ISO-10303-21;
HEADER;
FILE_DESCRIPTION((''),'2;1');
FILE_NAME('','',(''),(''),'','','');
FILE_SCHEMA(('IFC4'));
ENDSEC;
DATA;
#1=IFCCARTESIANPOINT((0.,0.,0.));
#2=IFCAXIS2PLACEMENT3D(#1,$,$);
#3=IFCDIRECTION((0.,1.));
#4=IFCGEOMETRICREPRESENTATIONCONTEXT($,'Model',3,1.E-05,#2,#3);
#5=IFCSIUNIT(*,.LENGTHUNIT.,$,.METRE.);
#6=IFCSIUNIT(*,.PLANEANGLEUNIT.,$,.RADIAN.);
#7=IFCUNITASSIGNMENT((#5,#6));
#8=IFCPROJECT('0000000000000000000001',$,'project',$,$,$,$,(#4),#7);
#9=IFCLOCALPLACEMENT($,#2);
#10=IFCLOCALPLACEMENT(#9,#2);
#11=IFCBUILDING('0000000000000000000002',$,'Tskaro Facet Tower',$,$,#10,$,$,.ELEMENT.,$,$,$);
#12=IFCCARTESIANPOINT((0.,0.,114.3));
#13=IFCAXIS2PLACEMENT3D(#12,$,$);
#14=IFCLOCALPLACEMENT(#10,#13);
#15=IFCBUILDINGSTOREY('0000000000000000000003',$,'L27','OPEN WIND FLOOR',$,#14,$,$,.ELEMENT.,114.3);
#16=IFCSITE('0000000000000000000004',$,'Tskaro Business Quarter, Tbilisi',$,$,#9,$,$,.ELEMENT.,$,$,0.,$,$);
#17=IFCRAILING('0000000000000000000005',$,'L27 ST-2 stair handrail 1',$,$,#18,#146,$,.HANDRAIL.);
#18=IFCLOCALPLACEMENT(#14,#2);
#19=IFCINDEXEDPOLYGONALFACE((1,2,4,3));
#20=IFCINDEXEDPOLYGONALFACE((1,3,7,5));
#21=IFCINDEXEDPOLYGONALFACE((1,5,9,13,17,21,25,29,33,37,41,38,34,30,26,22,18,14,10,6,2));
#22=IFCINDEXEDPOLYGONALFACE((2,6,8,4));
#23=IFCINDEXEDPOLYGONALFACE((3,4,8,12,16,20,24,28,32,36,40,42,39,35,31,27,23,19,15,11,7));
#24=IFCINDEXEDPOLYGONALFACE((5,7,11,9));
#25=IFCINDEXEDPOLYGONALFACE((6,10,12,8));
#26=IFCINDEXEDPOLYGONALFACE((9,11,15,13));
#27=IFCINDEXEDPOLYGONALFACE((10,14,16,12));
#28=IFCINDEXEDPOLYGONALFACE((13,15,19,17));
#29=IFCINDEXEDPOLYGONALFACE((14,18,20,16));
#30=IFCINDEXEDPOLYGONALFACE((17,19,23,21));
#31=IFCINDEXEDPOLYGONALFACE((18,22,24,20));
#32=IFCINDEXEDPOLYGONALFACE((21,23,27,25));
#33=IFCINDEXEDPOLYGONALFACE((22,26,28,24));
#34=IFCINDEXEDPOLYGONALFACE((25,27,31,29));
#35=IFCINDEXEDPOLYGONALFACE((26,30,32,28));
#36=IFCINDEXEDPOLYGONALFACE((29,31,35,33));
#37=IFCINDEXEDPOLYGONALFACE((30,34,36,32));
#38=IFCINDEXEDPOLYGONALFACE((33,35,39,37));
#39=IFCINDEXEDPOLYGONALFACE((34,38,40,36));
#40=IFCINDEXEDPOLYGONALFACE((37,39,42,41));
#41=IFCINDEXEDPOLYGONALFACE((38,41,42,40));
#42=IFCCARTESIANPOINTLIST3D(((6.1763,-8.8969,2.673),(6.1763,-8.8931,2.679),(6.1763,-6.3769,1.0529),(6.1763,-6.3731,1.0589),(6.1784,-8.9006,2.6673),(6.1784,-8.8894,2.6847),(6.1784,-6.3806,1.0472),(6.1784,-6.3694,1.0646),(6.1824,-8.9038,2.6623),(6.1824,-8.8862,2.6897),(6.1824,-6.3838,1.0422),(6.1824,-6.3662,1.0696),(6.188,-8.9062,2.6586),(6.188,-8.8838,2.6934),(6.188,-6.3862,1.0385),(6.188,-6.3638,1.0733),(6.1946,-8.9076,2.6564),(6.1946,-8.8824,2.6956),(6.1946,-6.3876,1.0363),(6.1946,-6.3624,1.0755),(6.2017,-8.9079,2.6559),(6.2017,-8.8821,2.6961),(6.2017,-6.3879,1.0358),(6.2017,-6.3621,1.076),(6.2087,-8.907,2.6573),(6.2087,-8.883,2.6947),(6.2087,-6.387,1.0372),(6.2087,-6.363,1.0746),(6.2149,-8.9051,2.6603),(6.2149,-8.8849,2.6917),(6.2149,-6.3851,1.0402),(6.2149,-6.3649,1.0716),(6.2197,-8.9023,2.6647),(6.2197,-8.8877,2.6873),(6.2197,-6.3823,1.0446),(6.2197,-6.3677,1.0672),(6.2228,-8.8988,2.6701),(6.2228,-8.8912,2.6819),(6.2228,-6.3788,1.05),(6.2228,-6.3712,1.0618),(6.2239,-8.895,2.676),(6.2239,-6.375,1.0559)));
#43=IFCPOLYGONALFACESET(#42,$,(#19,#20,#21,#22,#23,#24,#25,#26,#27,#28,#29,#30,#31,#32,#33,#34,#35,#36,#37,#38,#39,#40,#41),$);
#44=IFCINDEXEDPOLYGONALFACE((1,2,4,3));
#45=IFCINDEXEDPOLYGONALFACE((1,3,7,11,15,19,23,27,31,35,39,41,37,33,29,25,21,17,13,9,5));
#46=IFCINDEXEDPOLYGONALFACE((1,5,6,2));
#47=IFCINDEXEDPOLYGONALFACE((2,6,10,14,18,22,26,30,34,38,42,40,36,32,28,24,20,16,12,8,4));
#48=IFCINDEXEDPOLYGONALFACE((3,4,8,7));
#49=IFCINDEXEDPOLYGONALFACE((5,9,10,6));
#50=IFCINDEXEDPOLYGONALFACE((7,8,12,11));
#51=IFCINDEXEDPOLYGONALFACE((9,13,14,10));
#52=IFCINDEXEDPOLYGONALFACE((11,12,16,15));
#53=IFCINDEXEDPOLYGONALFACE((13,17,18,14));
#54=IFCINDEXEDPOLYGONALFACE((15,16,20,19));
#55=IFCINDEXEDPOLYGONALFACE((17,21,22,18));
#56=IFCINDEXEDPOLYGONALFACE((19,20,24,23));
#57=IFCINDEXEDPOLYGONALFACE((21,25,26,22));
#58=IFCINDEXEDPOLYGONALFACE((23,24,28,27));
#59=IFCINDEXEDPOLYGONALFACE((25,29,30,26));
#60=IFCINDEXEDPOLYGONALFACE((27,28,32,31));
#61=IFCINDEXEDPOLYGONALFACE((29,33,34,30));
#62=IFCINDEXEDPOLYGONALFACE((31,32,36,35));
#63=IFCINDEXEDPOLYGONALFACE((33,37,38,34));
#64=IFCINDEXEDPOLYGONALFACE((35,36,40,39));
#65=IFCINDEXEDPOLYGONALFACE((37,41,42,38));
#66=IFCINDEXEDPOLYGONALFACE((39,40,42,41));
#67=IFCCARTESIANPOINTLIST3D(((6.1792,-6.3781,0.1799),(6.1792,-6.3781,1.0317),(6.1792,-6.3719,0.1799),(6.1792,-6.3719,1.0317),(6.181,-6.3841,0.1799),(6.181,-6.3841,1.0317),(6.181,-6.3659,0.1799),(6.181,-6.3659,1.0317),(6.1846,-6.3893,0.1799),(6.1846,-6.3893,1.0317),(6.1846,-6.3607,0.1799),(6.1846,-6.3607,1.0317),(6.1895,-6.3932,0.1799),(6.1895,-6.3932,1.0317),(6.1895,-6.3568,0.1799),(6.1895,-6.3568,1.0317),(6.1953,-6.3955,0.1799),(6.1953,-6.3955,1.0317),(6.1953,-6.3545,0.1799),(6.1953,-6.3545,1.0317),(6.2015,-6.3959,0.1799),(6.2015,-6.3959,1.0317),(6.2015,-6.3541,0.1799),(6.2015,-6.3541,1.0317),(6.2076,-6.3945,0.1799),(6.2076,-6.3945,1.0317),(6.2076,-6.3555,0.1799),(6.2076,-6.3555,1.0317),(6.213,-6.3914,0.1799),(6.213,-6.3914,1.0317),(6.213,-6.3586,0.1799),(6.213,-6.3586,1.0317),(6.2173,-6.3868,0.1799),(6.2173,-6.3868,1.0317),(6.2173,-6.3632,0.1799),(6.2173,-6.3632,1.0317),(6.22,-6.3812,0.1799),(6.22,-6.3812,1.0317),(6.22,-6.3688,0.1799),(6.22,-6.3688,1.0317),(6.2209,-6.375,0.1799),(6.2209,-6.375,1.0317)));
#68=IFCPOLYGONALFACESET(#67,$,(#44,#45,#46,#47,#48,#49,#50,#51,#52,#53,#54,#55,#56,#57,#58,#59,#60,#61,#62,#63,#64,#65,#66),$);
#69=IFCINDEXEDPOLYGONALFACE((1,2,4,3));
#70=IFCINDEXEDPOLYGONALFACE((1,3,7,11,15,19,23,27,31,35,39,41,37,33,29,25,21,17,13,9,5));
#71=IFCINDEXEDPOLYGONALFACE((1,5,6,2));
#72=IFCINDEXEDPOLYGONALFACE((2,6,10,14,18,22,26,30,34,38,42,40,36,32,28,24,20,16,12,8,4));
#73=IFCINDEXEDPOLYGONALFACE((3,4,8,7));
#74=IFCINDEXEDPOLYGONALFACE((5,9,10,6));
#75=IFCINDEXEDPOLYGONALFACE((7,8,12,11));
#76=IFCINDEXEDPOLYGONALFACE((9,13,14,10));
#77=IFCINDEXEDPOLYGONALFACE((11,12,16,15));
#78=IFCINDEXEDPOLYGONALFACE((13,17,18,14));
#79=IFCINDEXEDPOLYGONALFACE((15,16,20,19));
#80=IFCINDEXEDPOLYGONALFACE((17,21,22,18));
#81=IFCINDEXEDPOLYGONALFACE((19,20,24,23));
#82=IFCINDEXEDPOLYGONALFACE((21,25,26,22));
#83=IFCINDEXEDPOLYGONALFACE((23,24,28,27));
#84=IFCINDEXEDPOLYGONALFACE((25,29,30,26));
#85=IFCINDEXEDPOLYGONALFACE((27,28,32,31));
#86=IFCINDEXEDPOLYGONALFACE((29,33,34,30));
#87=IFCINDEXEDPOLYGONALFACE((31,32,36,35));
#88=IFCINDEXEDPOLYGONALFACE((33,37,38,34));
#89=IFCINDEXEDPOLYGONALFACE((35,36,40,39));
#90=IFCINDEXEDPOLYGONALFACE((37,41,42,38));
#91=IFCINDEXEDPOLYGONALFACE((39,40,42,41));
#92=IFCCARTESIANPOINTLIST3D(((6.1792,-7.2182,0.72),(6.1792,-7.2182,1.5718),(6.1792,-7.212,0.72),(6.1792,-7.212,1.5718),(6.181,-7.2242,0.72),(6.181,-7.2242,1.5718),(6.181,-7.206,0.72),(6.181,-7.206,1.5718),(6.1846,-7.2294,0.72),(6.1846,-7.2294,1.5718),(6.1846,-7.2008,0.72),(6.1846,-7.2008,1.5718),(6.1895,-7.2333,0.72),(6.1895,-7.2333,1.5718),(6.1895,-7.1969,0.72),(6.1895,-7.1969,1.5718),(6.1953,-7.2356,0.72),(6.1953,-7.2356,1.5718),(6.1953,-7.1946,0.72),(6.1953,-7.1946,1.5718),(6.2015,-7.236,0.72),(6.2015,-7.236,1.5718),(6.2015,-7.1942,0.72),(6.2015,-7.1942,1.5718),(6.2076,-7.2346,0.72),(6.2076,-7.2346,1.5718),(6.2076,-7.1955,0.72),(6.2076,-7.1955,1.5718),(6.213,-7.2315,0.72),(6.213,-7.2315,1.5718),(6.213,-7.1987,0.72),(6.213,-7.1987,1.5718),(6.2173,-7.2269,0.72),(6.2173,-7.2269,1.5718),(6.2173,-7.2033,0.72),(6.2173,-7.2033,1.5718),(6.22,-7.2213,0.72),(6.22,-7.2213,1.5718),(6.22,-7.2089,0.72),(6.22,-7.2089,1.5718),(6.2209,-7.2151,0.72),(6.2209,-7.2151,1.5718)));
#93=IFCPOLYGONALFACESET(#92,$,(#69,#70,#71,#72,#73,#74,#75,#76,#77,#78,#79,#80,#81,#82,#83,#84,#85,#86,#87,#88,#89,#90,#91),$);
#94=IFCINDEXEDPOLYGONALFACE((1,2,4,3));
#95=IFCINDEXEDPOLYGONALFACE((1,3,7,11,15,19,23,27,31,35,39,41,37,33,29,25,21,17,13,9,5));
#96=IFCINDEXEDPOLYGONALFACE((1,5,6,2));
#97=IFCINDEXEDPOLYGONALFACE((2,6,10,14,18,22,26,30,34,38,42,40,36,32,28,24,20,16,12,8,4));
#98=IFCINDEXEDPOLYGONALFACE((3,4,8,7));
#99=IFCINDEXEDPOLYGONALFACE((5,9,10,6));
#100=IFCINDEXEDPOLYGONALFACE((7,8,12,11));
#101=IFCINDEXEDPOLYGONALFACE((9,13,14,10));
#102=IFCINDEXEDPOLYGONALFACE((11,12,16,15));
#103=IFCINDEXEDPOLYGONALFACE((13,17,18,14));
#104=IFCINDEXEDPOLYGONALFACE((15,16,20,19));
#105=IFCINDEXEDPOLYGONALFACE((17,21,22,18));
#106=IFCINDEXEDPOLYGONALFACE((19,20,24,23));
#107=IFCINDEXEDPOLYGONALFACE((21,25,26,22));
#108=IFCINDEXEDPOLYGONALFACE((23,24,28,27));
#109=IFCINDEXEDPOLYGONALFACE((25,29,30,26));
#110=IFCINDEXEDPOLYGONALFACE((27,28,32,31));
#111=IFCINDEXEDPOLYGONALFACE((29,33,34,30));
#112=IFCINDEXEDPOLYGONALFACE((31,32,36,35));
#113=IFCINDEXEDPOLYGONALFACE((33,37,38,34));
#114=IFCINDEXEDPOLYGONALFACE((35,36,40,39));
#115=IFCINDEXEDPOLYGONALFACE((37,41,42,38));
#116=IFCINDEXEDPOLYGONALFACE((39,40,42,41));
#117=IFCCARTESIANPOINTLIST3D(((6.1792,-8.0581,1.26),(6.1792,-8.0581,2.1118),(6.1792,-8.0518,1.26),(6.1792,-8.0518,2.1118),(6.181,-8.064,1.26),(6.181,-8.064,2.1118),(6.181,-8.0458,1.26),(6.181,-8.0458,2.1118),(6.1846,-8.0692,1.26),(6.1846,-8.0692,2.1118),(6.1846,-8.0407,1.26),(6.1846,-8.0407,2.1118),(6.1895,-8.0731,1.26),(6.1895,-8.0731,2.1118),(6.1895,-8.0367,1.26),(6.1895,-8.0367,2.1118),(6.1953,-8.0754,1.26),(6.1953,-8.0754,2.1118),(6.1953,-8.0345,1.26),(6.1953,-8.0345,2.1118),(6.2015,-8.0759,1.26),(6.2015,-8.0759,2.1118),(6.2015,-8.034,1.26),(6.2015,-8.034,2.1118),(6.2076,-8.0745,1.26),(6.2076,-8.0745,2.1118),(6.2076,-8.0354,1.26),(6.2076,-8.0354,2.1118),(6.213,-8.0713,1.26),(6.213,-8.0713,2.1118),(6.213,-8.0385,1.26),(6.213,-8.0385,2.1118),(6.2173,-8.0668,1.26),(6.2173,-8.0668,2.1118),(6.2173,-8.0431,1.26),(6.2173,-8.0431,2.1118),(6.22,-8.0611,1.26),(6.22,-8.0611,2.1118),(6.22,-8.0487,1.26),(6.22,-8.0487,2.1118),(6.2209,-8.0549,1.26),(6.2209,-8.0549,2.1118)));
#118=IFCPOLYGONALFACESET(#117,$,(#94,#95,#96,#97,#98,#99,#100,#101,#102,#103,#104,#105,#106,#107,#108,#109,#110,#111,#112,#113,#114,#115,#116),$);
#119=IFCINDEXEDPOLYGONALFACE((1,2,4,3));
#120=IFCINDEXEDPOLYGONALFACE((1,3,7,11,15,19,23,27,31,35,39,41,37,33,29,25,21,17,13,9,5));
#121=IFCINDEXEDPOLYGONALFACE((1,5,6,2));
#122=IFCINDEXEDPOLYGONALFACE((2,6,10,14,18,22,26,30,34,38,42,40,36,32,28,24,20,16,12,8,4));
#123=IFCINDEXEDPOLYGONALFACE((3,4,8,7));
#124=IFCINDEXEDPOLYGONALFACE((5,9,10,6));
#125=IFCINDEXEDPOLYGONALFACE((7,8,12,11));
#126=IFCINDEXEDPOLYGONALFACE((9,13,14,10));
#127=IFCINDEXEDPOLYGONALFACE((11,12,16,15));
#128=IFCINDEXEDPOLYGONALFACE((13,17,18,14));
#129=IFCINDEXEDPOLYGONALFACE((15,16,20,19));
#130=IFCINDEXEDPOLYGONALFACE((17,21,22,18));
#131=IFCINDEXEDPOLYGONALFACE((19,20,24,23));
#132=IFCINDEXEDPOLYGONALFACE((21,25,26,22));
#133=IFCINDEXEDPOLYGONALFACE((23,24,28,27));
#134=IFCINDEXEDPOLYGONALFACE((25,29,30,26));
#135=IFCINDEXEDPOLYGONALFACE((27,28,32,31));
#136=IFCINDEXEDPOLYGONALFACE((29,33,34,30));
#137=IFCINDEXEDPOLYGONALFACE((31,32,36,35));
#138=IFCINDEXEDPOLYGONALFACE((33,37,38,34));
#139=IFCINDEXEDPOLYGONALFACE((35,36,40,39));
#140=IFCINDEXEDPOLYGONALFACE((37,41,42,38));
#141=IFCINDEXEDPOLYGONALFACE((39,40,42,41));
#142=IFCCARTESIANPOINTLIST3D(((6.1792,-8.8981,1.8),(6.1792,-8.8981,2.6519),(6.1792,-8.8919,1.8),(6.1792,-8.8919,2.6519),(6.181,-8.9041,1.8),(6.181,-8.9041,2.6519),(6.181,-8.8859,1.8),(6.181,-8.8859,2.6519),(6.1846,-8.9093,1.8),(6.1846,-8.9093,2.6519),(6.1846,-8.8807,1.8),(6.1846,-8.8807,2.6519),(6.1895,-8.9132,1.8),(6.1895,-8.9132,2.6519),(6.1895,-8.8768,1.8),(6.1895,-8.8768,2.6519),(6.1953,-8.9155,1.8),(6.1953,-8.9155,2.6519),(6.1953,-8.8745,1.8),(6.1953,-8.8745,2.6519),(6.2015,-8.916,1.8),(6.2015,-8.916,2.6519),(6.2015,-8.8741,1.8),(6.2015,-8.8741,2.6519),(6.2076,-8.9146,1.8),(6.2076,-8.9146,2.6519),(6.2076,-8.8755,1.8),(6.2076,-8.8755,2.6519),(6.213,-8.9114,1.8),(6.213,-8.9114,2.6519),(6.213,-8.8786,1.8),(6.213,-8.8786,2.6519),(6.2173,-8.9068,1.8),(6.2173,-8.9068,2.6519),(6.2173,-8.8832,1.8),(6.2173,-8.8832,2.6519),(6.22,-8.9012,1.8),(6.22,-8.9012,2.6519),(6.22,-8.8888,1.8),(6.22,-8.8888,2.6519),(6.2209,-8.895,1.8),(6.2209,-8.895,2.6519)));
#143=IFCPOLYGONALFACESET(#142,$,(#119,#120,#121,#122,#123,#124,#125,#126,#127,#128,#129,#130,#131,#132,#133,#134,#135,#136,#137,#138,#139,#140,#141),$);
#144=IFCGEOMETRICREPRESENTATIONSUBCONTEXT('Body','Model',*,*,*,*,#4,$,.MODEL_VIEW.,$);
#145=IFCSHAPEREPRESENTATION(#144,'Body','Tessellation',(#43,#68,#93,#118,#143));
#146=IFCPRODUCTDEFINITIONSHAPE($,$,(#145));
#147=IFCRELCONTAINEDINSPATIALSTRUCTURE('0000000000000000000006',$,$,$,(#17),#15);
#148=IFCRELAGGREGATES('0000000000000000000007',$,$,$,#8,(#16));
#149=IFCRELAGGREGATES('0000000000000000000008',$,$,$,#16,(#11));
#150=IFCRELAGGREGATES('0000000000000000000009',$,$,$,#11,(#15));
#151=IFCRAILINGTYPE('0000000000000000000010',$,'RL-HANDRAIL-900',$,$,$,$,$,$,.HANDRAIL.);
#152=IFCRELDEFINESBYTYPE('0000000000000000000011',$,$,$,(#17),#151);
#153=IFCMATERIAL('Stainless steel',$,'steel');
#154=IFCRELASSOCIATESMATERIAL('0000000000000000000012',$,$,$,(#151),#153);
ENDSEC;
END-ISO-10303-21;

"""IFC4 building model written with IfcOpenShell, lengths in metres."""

from ifc_helpers import new_model, si_unit, direction, frame, origin, origin_2d, place, context, subcontext, project, spatial, circle, extrude, material, type_object, element, save


model = new_model("IFC4")

# Units and contexts
model_context = context("Model", 3, precision=1e-05, world=origin(), true_north=direction((0.0, 1.0)))
body_context = subcontext(model_context, "Body", "Model", "MODEL_VIEW")
ifc_project = project(units=[si_unit("LENGTHUNIT", "METRE"), si_unit("PLANEANGLEUNIT", "RADIAN")], contexts=[model_context])

# Site, building, storey
site_placement = place(None, origin())
site = spatial("IfcSite", under=ifc_project, at=site_placement, Name="Tskaro Business Quarter, Tbilisi", CompositionType="ELEMENT", RefElevation=0.0)
building_placement = place(site_placement, origin())
building = spatial("IfcBuilding", under=site, at=building_placement, Name="Tskaro Facet Tower", CompositionType="ELEMENT")
storey_placement = place(building_placement, frame((0.0, 0.0, 114.3)))
storey = spatial("IfcBuildingStorey", under=building, at=storey_placement, Name="L27", Description="OPEN WIND FLOOR", CompositionType="ELEMENT", Elevation=114.3)

# Railing
ifc_material_1 = material(Name="Stainless steel", Category="steel")
railing_type_1 = type_object("IfcRailingType", Name="RL-HANDRAIL-900", PredefinedType="HANDRAIL", material=ifc_material_1)
railing_1_placement = place(storey_placement, frame((6.2, -6.375, 0.1799)))
element("IfcRailing", 1, at=railing_1_placement, inside=storey, type_object=railing_type_1, Name="L27 ST-2 stair handrail 1", PredefinedType="HANDRAIL", context=body_context, shape_type="SweptSolid", body=[
    extrude(circle(Radius=0.0239, at=origin_2d()), frame((0.0, 0.0, 0.876), z_axis=(0.0, -0.841163, 0.540782), x_axis=(1.0, 0.0, 0.0)), (0.0, 0.0, 1.0), 2.9958),
    extrude(circle(Radius=0.021, at=origin_2d()), origin(), (0.0, 0.0, 1.0), 0.8518),
    extrude(circle(Radius=0.021, at=origin_2d()), frame((0.0, -0.8401, 0.54)), (0.0, 0.0, 1.0), 0.8518),
    extrude(circle(Radius=0.021, at=origin_2d()), frame((0.0, -1.6799, 1.0801)), (0.0, 0.0, 1.0), 0.8518),
    extrude(circle(Radius=0.021, at=origin_2d()), frame((0.0, -2.52, 1.6201)), (0.0, 0.0, 1.0), 0.8518),
])

save(model, "model.ifc")
